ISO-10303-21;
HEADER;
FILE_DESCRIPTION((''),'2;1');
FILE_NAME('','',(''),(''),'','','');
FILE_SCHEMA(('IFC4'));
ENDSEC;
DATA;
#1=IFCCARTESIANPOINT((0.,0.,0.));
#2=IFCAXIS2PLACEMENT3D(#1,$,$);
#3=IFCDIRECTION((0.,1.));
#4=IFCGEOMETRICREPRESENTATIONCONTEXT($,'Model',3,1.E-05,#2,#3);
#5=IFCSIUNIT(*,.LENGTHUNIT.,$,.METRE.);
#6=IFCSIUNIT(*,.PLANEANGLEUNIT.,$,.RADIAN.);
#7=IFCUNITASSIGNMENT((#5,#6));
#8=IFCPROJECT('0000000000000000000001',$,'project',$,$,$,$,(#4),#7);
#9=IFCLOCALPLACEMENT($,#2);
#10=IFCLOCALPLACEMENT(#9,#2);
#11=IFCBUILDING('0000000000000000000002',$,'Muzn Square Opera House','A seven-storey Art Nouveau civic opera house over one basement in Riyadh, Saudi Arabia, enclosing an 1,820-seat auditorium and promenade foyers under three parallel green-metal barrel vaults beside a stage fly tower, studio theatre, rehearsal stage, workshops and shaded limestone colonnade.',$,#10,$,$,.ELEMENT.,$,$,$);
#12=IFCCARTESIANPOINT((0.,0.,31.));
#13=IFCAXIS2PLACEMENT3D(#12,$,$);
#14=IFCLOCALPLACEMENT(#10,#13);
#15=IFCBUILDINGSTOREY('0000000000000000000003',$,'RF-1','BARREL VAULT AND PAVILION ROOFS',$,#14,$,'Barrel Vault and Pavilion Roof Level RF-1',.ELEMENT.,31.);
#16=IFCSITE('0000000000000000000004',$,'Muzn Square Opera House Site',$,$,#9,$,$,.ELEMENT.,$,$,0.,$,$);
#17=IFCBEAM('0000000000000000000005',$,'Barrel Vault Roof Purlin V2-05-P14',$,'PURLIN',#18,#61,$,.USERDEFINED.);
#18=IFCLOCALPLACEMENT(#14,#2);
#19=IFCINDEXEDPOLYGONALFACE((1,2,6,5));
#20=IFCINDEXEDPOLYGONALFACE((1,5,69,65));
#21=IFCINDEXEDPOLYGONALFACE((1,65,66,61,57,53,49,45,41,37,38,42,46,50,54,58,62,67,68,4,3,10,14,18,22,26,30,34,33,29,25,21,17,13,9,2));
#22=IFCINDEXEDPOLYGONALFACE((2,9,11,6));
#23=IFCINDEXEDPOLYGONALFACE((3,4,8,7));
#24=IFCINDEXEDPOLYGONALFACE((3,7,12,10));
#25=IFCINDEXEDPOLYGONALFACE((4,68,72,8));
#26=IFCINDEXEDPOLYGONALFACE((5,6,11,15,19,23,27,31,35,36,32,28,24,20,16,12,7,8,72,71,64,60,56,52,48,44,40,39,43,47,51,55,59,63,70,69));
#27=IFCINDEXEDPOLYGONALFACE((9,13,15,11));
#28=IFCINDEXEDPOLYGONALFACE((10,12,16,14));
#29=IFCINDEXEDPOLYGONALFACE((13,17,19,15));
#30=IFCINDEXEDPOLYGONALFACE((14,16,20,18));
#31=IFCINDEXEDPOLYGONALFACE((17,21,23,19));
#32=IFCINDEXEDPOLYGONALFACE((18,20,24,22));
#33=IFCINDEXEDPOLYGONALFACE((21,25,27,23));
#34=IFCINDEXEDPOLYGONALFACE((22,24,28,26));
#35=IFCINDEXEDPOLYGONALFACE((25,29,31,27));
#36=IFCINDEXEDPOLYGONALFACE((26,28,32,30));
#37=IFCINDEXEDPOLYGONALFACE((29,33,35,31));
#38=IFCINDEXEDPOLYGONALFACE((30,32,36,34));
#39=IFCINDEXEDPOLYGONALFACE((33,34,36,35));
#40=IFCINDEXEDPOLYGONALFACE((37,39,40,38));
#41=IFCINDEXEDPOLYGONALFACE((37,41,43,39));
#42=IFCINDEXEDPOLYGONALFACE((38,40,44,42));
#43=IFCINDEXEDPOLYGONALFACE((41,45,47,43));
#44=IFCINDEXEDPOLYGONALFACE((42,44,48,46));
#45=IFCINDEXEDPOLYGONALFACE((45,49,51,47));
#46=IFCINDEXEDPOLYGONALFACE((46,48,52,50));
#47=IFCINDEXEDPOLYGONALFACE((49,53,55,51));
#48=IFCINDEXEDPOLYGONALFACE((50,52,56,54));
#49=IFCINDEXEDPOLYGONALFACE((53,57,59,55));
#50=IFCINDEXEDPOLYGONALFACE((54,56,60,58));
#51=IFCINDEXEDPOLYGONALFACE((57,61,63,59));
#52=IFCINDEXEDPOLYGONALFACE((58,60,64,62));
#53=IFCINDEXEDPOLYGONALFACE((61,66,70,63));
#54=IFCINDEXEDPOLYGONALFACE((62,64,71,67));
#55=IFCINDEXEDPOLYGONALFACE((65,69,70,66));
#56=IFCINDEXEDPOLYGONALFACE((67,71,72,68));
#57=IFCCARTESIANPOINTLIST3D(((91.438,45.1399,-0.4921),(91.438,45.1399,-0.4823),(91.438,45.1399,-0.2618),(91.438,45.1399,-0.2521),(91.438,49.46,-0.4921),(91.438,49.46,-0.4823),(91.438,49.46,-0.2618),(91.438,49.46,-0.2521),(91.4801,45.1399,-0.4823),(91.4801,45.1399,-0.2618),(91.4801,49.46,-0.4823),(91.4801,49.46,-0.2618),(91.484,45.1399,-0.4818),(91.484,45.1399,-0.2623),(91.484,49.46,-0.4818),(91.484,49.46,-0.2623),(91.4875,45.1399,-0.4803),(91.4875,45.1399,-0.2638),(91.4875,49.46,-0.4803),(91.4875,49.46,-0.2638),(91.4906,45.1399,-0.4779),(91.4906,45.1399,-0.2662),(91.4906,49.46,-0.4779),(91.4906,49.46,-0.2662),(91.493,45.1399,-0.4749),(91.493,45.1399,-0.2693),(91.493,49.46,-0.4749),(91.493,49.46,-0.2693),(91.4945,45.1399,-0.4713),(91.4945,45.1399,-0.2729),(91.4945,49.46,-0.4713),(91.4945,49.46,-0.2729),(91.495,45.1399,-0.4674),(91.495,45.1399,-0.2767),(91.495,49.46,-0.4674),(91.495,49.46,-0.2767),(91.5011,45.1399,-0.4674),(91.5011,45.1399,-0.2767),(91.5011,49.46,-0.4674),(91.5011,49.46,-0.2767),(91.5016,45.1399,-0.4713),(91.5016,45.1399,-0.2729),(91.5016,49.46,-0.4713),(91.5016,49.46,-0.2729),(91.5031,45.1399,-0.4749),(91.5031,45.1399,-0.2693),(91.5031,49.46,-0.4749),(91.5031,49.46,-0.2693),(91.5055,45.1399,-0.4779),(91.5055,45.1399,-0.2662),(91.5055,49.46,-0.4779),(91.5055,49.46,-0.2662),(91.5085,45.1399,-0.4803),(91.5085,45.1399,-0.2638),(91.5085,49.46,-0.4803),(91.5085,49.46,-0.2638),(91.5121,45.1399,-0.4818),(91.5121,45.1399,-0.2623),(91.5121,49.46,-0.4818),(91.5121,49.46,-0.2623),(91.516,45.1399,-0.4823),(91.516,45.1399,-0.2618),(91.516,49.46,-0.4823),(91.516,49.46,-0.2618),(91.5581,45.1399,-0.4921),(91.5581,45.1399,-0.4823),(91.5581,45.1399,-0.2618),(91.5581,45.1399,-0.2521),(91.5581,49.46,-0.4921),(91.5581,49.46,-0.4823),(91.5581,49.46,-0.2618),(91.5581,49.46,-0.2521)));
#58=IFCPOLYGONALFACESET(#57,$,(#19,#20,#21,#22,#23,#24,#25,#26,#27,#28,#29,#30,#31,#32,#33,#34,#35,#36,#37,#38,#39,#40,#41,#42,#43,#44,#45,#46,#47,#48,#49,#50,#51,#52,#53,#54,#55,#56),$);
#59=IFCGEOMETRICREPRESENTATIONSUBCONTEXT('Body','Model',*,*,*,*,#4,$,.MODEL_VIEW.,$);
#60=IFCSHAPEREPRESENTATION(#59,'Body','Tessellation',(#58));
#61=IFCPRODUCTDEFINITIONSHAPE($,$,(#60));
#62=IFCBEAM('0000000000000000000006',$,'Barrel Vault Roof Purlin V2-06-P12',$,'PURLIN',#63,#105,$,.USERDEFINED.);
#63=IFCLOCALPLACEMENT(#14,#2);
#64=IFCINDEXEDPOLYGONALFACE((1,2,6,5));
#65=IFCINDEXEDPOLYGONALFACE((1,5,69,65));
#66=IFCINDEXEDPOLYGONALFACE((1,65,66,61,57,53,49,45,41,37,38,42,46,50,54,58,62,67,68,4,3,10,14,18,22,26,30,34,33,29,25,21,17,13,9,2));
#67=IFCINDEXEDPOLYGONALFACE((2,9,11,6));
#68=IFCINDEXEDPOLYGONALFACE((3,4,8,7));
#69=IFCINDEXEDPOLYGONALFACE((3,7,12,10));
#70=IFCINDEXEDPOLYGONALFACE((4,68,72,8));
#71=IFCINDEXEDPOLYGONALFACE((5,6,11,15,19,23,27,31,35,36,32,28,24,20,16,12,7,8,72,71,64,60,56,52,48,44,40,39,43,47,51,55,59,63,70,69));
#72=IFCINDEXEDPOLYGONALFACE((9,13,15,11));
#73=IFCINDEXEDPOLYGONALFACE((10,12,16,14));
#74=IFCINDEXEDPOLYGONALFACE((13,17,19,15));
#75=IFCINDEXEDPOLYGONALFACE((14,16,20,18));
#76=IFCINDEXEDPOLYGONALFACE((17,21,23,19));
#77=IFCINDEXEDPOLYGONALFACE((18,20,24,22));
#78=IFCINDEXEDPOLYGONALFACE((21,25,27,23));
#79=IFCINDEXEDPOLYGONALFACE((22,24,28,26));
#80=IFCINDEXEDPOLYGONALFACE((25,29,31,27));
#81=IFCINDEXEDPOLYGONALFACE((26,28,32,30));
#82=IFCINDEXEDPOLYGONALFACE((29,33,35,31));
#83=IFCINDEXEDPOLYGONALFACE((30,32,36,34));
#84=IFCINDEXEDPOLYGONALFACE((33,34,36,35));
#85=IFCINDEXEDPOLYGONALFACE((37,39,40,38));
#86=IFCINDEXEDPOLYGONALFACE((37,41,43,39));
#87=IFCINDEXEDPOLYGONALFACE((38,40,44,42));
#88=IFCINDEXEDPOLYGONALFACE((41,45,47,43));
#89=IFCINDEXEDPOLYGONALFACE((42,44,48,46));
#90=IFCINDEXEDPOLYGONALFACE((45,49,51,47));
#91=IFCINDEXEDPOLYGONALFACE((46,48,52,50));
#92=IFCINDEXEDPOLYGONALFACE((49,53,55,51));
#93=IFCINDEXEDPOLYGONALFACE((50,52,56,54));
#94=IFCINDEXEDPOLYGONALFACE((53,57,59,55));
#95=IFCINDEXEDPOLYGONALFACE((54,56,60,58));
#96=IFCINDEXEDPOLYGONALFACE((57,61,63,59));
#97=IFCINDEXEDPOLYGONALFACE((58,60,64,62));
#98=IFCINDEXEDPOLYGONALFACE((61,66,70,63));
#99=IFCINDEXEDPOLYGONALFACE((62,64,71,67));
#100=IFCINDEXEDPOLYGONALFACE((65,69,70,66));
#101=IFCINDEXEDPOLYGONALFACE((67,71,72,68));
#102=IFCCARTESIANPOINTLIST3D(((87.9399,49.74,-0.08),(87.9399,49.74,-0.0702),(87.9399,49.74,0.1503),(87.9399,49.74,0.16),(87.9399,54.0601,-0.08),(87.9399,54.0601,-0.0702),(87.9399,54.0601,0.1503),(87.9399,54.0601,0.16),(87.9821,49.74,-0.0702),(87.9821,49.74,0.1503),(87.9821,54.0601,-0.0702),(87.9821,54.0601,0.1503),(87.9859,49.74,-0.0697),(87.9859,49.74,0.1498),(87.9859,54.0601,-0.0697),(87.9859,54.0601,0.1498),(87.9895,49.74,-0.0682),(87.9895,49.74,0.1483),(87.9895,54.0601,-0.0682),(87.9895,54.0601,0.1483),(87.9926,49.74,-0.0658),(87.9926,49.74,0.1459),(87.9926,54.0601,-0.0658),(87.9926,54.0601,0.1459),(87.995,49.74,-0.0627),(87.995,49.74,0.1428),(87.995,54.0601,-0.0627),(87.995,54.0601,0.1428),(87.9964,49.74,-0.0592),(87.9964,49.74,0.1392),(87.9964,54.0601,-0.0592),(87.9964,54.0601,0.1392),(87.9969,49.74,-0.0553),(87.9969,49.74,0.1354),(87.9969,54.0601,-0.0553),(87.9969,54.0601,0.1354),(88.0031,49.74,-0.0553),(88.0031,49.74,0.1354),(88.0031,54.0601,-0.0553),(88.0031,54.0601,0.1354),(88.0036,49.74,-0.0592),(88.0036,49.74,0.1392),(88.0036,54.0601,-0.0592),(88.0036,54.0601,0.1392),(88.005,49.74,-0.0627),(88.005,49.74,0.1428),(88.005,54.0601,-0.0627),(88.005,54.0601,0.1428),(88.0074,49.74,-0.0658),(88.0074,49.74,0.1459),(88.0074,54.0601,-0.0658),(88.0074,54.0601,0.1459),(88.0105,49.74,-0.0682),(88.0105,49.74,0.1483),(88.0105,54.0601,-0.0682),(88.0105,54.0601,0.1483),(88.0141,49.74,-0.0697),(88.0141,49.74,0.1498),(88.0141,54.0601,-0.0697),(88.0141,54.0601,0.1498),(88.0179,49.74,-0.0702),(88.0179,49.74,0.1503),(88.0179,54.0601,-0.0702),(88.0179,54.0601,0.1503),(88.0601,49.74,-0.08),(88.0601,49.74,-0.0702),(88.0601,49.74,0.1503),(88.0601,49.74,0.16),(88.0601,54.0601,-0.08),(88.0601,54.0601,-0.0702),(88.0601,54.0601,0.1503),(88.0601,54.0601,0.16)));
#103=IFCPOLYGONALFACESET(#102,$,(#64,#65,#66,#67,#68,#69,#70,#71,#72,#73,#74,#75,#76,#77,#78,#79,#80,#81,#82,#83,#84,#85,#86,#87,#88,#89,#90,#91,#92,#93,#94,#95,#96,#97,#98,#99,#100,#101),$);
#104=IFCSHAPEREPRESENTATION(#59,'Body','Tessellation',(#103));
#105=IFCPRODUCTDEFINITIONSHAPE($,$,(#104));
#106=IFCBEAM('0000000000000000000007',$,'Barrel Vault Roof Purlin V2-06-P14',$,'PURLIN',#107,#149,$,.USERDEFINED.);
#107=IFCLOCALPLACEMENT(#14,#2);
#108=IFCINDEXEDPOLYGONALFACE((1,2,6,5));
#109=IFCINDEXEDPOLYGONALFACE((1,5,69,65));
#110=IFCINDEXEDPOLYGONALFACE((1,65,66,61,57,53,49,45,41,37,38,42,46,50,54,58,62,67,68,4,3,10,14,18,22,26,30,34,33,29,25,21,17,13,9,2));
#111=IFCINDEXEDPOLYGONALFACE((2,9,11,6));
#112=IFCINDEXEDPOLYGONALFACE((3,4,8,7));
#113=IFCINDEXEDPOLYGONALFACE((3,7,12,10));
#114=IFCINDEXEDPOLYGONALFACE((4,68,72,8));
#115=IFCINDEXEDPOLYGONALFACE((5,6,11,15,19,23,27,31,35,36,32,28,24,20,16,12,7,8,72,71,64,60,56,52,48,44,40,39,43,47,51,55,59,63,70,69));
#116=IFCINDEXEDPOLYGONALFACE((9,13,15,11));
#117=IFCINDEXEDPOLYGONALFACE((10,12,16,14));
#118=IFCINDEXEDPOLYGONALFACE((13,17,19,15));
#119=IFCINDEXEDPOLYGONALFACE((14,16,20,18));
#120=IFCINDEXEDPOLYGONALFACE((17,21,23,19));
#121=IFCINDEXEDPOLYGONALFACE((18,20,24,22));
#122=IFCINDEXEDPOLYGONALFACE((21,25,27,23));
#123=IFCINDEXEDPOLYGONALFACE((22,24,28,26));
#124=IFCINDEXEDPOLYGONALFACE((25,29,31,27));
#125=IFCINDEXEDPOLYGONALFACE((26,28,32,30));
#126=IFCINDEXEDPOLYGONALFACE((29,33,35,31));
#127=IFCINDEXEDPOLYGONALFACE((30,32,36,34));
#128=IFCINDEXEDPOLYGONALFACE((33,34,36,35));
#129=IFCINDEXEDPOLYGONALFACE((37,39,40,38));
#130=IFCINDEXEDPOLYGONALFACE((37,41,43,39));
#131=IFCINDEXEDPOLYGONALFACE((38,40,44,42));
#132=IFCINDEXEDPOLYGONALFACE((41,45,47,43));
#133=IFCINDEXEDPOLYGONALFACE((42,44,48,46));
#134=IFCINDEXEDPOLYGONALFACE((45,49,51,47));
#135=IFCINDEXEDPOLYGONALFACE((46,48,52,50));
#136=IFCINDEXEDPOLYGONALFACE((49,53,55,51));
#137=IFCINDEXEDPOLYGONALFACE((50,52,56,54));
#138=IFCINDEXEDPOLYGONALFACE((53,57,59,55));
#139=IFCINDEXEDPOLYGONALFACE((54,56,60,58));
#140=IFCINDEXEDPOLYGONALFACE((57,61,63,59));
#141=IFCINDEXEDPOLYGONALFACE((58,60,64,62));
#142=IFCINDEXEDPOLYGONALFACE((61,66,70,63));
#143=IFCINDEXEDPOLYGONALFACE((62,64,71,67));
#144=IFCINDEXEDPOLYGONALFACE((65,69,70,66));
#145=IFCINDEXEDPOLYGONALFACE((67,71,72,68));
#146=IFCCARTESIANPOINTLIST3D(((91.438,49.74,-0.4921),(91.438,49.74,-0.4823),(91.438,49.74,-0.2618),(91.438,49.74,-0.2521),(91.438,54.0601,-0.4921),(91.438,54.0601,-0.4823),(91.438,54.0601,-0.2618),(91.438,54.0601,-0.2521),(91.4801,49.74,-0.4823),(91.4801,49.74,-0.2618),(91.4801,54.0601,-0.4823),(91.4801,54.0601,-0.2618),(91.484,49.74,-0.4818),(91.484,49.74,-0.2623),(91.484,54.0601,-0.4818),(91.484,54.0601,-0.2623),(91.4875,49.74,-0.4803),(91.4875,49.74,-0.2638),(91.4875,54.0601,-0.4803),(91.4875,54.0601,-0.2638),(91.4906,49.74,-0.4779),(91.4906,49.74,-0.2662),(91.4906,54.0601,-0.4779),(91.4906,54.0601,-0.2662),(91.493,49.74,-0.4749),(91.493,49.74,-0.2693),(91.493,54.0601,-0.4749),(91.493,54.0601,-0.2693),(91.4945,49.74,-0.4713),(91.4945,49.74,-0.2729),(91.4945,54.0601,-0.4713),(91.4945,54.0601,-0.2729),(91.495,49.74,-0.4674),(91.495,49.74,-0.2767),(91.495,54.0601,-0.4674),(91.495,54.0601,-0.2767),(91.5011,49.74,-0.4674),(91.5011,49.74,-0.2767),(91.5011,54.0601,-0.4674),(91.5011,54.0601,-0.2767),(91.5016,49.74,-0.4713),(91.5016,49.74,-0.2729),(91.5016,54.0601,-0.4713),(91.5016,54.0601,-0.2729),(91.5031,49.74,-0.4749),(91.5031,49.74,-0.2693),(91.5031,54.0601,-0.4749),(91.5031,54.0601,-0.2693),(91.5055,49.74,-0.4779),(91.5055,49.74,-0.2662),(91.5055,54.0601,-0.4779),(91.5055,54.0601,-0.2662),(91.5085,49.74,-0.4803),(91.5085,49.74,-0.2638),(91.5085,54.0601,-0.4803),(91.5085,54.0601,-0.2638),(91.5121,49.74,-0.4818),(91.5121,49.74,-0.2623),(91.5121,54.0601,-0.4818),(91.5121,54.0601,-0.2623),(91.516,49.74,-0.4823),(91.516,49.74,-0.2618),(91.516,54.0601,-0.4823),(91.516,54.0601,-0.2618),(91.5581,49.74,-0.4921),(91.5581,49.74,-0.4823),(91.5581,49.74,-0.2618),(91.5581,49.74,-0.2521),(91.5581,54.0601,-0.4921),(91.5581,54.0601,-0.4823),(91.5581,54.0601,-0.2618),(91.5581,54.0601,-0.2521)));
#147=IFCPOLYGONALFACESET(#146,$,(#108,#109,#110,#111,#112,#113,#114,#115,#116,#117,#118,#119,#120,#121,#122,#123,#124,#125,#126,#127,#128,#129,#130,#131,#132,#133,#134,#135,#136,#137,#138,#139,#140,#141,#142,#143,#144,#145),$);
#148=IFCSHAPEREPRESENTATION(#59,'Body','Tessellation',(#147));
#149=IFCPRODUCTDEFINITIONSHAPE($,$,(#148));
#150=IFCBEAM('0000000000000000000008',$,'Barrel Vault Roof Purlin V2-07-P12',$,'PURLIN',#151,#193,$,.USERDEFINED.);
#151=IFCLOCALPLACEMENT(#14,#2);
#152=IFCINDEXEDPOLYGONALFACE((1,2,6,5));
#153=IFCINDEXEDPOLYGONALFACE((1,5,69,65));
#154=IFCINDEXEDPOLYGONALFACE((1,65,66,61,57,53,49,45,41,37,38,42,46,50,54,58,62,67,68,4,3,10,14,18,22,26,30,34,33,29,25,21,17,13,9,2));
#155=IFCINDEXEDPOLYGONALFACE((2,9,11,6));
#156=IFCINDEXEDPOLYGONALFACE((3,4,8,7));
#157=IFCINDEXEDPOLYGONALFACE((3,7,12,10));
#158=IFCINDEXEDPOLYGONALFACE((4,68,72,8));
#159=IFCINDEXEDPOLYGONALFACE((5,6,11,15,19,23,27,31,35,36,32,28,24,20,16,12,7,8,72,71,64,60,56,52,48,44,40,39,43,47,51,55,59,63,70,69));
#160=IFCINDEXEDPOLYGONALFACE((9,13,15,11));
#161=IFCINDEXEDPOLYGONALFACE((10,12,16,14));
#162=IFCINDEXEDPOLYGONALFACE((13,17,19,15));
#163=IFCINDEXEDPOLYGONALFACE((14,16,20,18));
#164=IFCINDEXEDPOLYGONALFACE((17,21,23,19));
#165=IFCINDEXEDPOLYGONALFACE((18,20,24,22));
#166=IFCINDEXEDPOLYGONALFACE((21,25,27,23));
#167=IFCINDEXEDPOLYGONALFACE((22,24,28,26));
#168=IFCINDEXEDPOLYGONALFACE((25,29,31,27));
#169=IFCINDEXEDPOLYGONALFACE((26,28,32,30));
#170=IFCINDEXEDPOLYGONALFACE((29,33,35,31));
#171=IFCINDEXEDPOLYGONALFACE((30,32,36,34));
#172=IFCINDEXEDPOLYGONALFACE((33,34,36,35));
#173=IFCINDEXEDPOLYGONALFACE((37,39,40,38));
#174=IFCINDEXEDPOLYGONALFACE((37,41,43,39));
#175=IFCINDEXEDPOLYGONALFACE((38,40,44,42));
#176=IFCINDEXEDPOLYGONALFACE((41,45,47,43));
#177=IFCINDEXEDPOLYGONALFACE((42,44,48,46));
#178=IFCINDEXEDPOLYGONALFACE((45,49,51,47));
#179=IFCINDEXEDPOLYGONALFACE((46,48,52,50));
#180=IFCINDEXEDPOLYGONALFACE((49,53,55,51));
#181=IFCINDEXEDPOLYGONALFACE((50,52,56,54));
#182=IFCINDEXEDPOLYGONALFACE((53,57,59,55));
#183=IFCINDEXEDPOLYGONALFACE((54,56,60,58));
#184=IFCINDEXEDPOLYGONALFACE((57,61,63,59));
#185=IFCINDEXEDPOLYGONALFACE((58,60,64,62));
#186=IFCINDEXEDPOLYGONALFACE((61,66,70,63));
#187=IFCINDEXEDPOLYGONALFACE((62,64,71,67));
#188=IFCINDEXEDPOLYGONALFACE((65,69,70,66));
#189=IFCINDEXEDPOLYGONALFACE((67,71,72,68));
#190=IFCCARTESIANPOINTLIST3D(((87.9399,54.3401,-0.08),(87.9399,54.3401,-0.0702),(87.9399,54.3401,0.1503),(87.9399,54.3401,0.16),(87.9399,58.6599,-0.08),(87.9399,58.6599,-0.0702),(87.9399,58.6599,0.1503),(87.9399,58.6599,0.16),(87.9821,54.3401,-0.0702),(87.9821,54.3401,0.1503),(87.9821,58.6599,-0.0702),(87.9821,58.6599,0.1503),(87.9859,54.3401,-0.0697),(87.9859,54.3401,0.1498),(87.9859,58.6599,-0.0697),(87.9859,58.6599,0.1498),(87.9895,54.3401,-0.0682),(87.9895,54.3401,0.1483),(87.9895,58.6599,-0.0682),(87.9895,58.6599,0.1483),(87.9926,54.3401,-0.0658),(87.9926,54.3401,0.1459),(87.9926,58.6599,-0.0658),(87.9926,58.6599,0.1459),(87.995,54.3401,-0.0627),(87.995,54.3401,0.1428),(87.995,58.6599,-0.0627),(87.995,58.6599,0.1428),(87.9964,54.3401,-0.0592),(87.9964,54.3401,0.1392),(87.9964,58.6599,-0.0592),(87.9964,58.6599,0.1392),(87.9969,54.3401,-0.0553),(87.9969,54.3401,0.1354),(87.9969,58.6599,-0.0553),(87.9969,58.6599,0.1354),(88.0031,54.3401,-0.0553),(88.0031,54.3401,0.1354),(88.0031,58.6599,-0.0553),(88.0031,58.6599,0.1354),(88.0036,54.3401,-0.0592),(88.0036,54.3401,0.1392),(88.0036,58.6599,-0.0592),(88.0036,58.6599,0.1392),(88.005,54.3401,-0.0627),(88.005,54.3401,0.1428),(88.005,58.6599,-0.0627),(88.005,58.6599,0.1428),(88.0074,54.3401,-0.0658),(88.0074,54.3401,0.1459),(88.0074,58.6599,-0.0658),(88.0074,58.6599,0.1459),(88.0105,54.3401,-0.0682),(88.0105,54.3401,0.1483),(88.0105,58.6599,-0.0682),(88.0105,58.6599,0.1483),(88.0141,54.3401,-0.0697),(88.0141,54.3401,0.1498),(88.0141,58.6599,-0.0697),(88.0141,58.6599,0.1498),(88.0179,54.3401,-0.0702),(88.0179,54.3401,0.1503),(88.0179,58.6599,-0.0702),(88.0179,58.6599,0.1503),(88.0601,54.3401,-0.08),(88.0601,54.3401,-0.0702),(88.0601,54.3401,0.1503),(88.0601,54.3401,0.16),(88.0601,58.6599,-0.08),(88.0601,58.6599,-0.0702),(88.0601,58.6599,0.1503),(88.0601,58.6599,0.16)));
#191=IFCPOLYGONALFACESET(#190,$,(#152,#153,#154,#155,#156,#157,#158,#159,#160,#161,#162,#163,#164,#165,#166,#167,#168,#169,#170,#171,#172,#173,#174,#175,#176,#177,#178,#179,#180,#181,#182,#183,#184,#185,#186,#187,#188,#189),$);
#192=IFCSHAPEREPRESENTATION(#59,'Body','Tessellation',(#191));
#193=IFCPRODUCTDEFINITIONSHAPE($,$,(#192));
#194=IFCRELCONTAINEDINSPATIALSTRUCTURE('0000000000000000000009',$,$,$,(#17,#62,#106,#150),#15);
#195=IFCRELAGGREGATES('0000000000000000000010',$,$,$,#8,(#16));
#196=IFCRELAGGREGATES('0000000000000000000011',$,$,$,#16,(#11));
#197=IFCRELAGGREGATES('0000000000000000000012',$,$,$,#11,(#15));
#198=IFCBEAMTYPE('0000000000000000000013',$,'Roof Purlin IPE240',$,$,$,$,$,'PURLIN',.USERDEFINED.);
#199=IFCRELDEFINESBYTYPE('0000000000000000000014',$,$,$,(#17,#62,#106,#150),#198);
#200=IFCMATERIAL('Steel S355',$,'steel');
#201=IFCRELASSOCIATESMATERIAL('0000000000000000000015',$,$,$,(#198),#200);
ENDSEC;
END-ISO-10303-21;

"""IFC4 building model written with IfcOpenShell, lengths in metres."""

from ifc_helpers import new_model, si_unit, direction, frame, origin, origin_2d, place, context, subcontext, project, spatial, i_section, extrude, material, material_profile, profile_set, type_object, element, save


model = new_model("IFC4")

# Units and contexts
model_context = context("Model", 3, precision=1e-05, world=origin(), true_north=direction((0.0, 1.0)))
body_context = subcontext(model_context, "Body", "Model", "MODEL_VIEW")
ifc_project = project(units=[si_unit("LENGTHUNIT", "METRE"), si_unit("PLANEANGLEUNIT", "RADIAN")], contexts=[model_context])

# Site, building, storey
site_placement = place(None, origin())
site = spatial("IfcSite", under=ifc_project, at=site_placement, Name="Muzn Square Opera House Site", CompositionType="ELEMENT", RefElevation=0.0)
building_placement = place(site_placement, origin())
building = spatial("IfcBuilding", under=site, at=building_placement, Name="Muzn Square Opera House", Description="A seven-storey Art Nouveau civic opera house over one basement in Riyadh, Saudi Arabia, enclosing an 1,820-seat auditorium and promenade foyers under three parallel green-metal barrel vaults beside a stage fly tower, studio theatre, rehearsal stage, workshops and shaded limestone colonnade.", CompositionType="ELEMENT")
storey_placement = place(building_placement, frame((0.0, 0.0, 31.0)))
storey = spatial("IfcBuildingStorey", under=building, at=storey_placement, Name="RF-1", Description="BARREL VAULT AND PAVILION ROOFS", LongName="Barrel Vault and Pavilion Roof Level RF-1", CompositionType="ELEMENT", Elevation=31.0)

# Beams
ifc_material_1 = material(Name="Steel S355", Category="steel")
ifc_material_profile_1 = material_profile(ifc_material_1, i_section(OverallWidth=0.1201, OverallDepth=0.24, WebThickness=0.0061, FlangeThickness=0.0098, FilletRadius=0.0149, at=origin_2d()), Name="IPE 240", Category="steel")
ifc_profile_set_1 = profile_set([ifc_material_profile_1], Name="Steel S355")
beam_type_1 = type_object("IfcBeamType", Name="Roof Purlin IPE240", ElementType="PURLIN", PredefinedType="USERDEFINED", material=ifc_profile_set_1)
for number, where, z_axis, x_axis, name in (
    (1, (91.498, 45.1399, -0.3721), (0.0, 1.0, 0.0), (-1.0, 0.0, 0.0), "Barrel Vault Roof Purlin V2-05-P14"),
    (2, (88.0, 49.74, 0.04), (0.0, 1.0, 0.0), (-1.0, 0.0, 0.0), "Barrel Vault Roof Purlin V2-06-P12"),
    (3, (91.498, 49.74, -0.3721), (0.0, 1.0, 0.0), (-1.0, 0.0, 0.0), "Barrel Vault Roof Purlin V2-06-P14"),
):
    element("IfcBeam", number, at=place(storey_placement, frame(where, z_axis=z_axis, x_axis=x_axis)), inside=storey, type_object=beam_type_1, Name=name, ObjectType="PURLIN", PredefinedType="USERDEFINED", context=body_context, shape_type="SweptSolid", body=[
        extrude(i_section(OverallWidth=0.1201, OverallDepth=0.24, WebThickness=0.0061, FlangeThickness=0.0098, FilletRadius=0.0149, at=origin_2d()), origin(), (0.0, 0.0, 1.0), 4.3201),
    ])
for number, where, z_axis, x_axis, name in (
    (4, (88.0, 54.3401, 0.04), (0.0, 1.0, 0.0), (-1.0, 0.0, 0.0), "Barrel Vault Roof Purlin V2-07-P12"),
):
    element("IfcBeam", number, at=place(storey_placement, frame(where, z_axis=z_axis, x_axis=x_axis)), inside=storey, type_object=beam_type_1, Name=name, ObjectType="PURLIN", PredefinedType="USERDEFINED", context=body_context, shape_type="SweptSolid", body=[
        extrude(i_section(OverallWidth=0.1201, OverallDepth=0.24, WebThickness=0.0061, FlangeThickness=0.0098, FilletRadius=0.0149, at=origin_2d()), origin(), (0.0, 0.0, 1.0), 4.3198),
    ])

save(model, "model.ifc")
